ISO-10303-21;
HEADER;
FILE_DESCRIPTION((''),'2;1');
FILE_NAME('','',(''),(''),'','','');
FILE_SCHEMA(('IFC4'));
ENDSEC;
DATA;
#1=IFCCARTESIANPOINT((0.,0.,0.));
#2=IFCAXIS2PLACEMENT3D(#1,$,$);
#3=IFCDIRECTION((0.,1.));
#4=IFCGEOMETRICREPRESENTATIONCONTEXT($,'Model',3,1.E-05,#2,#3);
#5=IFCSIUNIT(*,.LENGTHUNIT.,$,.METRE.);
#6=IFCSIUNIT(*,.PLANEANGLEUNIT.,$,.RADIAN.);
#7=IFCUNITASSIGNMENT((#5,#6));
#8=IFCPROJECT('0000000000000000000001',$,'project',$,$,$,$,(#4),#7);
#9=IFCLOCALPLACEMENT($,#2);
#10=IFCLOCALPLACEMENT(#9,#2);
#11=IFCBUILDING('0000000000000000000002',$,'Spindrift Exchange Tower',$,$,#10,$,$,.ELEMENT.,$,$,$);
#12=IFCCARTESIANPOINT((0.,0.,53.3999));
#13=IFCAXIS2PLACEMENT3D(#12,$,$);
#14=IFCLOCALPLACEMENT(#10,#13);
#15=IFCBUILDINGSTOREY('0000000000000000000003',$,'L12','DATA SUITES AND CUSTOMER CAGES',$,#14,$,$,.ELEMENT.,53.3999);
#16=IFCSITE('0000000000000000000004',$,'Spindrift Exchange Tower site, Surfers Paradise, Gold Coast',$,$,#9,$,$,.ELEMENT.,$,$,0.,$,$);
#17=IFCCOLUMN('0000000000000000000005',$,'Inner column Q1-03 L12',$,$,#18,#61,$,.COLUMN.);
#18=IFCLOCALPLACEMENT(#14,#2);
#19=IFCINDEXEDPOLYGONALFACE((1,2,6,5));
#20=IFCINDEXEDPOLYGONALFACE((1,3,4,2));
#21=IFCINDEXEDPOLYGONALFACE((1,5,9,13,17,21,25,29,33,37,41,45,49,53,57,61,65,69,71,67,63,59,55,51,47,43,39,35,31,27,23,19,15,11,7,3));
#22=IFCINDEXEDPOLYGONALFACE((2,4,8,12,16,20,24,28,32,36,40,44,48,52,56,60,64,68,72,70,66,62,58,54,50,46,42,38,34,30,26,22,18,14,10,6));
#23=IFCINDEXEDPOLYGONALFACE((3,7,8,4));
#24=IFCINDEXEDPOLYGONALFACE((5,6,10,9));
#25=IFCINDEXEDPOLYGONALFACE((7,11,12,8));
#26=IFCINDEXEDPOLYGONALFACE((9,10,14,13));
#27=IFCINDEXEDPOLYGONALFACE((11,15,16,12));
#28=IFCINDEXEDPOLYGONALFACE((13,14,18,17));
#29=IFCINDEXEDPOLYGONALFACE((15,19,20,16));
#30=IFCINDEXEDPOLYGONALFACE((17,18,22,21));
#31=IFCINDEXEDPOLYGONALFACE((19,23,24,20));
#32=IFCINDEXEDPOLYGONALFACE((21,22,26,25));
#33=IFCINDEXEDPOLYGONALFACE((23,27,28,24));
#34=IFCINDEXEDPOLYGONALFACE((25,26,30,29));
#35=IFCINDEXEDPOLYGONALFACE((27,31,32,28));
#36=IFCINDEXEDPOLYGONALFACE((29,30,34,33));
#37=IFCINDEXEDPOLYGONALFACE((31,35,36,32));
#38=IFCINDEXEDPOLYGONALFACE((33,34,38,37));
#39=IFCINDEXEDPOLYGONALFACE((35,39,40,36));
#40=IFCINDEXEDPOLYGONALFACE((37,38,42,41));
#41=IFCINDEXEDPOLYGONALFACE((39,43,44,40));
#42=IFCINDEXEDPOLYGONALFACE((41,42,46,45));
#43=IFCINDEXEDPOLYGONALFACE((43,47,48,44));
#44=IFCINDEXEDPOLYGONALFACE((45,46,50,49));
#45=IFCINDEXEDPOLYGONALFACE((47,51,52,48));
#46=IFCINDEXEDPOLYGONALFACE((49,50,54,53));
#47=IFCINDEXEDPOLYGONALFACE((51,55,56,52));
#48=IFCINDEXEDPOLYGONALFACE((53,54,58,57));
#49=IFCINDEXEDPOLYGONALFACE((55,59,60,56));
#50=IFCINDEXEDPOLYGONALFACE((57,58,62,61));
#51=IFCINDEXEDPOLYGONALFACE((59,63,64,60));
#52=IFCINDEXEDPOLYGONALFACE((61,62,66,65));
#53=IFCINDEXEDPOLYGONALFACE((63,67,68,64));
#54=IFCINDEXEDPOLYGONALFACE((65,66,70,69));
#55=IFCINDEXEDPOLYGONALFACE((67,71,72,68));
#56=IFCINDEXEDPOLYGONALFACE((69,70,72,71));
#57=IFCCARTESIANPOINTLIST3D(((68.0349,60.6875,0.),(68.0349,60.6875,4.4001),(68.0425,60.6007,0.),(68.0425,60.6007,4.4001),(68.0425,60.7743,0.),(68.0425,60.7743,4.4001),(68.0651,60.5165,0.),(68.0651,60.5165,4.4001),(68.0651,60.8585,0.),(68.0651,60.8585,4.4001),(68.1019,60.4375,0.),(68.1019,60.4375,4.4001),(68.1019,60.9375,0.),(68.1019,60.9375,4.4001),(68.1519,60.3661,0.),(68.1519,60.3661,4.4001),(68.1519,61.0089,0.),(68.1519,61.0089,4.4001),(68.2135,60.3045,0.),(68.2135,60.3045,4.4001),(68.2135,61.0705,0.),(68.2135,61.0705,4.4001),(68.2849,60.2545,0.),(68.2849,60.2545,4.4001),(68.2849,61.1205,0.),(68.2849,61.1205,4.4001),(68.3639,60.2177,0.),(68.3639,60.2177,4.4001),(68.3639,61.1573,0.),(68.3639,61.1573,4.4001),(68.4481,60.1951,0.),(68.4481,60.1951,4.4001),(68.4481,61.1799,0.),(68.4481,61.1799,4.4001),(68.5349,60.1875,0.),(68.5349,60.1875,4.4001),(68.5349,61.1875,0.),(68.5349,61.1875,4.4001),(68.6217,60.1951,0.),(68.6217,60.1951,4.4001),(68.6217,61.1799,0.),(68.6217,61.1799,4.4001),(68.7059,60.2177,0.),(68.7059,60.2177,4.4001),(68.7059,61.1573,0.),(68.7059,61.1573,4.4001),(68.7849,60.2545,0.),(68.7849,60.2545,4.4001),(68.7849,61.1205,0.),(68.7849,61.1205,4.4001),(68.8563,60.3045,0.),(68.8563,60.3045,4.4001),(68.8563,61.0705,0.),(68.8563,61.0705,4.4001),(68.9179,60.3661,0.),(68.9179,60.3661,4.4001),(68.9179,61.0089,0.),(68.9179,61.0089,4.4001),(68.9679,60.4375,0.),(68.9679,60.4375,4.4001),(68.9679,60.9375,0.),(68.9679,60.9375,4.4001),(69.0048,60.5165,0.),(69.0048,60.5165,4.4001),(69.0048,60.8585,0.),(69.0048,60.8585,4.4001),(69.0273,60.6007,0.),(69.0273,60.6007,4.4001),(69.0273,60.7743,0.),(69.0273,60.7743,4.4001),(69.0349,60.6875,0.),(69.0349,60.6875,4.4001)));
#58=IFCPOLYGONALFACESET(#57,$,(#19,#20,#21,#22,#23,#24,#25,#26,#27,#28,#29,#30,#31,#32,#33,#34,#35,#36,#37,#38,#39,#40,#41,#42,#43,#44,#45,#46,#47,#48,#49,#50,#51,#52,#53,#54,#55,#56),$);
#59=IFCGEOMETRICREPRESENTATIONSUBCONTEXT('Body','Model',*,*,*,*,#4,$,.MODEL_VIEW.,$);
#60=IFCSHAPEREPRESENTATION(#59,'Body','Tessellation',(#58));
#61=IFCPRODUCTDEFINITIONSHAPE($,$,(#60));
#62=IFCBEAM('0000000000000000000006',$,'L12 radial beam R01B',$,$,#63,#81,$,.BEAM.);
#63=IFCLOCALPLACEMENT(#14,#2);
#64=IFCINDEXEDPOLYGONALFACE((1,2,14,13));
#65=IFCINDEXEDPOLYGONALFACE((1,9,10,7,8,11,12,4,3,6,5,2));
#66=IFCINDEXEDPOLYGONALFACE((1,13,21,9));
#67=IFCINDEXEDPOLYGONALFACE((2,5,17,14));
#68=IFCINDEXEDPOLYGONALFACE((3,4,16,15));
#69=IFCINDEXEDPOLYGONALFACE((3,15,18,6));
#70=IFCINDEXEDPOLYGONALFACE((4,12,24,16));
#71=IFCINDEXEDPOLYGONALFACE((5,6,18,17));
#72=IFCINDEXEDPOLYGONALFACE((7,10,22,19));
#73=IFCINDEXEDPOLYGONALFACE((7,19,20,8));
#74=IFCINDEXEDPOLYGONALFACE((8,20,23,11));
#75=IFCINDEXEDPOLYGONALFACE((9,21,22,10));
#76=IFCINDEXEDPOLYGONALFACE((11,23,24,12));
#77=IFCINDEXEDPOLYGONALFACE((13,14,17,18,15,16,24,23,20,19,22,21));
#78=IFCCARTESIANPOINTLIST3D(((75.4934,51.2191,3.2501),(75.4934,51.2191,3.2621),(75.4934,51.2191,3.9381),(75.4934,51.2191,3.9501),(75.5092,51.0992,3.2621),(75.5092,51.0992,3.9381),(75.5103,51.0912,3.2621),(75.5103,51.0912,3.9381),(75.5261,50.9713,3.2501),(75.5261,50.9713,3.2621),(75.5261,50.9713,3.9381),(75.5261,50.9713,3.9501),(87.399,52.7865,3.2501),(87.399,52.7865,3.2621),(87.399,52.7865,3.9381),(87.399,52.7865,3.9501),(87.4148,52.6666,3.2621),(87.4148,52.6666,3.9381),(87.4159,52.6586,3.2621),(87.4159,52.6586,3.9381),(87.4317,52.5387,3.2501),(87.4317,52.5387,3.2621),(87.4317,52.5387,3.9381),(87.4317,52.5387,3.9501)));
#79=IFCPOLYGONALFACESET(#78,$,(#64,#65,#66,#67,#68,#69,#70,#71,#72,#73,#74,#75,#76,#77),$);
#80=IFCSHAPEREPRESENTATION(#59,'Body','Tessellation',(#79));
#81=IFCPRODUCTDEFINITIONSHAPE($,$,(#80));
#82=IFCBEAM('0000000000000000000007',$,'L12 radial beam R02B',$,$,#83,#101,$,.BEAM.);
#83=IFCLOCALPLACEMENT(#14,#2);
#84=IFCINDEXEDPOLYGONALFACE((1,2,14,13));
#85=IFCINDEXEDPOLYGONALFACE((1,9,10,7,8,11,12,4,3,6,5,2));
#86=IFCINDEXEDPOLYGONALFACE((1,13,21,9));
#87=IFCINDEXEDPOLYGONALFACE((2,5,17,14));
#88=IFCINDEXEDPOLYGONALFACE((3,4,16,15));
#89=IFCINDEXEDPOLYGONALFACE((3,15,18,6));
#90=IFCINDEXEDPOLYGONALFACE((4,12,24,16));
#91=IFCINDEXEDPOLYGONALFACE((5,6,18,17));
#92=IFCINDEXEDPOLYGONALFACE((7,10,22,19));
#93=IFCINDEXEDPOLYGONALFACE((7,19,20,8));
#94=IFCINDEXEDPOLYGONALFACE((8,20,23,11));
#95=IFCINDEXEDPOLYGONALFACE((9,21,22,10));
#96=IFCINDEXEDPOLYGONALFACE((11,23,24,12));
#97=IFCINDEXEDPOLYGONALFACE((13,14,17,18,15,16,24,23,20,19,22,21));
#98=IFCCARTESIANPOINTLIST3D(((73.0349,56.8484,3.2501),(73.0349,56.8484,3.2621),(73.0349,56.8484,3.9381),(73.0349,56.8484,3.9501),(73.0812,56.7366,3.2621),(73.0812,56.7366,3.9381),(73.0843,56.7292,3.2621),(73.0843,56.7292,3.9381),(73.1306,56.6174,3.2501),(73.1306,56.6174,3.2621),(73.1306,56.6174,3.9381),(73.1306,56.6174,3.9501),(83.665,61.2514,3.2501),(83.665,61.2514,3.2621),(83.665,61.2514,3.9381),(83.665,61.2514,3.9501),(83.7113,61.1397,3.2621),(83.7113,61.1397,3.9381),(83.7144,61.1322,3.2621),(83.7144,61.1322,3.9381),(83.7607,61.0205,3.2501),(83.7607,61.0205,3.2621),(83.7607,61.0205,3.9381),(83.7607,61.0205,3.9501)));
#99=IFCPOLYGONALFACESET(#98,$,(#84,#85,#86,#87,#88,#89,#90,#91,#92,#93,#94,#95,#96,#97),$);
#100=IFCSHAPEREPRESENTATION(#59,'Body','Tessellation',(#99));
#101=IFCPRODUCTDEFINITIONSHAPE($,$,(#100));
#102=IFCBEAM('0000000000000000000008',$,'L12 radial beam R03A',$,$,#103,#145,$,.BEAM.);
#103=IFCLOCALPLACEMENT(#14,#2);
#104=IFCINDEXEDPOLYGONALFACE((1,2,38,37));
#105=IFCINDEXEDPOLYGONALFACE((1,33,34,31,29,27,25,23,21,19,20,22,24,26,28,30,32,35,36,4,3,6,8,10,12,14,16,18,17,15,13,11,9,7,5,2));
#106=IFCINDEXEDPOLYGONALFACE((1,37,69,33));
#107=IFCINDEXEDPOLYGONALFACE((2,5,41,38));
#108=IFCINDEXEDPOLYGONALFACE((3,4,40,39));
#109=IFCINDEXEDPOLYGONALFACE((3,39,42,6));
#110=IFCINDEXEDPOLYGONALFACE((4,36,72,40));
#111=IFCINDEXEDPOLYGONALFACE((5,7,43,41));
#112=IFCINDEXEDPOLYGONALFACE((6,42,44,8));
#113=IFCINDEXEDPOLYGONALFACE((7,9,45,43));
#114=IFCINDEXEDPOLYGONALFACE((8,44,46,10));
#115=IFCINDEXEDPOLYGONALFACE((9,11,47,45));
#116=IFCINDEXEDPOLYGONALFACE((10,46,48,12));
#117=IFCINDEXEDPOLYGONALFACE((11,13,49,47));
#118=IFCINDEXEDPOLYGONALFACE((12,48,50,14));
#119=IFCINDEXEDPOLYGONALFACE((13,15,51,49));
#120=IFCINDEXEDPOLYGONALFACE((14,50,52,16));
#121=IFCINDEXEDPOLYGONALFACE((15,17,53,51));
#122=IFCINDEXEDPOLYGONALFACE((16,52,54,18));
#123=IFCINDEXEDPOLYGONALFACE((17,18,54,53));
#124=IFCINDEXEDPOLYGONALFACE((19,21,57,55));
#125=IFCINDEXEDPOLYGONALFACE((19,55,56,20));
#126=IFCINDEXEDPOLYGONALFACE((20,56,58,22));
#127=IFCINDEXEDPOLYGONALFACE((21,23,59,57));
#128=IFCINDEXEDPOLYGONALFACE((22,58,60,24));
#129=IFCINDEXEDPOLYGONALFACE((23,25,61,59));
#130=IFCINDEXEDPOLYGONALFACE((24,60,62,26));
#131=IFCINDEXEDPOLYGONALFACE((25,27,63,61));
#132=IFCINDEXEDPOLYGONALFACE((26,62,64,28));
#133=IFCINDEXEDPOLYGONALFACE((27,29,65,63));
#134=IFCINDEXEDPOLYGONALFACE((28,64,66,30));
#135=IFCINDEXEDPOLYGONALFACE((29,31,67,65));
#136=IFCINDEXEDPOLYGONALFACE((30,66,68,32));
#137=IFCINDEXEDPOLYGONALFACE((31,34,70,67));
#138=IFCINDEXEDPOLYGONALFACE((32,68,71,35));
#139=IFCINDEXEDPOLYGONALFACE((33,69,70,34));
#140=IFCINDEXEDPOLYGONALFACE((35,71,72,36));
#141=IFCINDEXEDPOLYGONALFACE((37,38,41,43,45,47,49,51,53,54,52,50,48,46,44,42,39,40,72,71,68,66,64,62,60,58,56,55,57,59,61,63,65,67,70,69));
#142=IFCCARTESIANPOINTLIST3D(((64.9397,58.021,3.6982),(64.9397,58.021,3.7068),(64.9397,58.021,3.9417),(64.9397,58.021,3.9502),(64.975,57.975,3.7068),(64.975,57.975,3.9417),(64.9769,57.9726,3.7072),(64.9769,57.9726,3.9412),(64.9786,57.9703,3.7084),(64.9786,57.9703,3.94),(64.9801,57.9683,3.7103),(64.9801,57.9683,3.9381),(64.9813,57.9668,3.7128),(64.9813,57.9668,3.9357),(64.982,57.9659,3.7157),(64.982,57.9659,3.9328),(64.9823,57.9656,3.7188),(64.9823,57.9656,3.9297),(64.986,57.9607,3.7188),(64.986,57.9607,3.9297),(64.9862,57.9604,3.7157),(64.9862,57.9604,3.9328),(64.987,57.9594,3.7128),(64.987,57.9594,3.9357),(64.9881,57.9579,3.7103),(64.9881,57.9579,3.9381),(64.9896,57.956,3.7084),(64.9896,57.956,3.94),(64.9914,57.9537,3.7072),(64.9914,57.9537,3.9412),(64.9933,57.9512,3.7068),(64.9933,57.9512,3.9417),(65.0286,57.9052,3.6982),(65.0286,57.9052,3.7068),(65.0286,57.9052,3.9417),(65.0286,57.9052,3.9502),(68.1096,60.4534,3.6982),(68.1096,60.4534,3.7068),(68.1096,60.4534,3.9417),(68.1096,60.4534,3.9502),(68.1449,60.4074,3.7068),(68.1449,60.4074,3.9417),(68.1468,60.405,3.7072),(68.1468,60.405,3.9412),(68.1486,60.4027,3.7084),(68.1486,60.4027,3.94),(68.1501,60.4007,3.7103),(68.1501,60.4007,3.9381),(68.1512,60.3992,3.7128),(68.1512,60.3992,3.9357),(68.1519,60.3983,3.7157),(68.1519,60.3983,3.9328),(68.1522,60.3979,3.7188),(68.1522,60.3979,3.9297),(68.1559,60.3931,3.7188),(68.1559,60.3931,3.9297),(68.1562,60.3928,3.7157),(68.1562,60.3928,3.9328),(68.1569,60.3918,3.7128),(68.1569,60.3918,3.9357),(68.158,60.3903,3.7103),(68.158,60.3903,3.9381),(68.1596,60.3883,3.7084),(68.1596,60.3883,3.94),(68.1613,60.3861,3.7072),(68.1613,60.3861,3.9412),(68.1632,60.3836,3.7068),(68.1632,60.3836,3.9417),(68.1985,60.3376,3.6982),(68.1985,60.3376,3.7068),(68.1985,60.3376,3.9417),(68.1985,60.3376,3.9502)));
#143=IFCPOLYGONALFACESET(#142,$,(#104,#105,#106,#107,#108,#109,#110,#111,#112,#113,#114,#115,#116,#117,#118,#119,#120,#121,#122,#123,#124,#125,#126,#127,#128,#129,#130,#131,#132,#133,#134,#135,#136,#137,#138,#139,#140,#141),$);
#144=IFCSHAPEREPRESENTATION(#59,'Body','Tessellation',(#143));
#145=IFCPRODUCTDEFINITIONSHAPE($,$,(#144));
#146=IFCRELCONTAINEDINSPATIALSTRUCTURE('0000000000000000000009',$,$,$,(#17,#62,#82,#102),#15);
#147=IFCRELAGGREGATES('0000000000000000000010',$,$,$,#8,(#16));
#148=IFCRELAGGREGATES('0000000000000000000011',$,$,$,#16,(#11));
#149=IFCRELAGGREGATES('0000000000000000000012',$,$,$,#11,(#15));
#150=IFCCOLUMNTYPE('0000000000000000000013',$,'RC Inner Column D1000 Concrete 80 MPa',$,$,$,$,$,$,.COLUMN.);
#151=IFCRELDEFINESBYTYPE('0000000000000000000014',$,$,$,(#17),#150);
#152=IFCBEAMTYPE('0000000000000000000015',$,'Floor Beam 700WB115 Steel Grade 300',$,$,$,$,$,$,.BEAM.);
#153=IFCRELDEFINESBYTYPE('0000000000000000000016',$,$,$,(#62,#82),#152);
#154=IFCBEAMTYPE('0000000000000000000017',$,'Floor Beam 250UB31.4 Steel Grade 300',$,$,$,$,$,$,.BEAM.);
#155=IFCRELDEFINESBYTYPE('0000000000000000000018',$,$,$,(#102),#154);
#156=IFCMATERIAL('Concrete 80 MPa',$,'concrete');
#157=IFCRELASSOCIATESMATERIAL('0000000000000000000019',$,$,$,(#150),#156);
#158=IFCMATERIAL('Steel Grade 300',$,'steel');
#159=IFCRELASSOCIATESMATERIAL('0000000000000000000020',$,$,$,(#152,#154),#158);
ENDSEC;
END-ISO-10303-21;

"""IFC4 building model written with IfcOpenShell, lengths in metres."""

from ifc_helpers import new_model, si_unit, direction, frame, origin, origin_2d, place, context, subcontext, project, spatial, circle, i_section, extrude, source, transform, mapped, material, material_profile, profile_set, type_object, element, save


model = new_model("IFC4")

# Units and contexts
model_context = context("Model", 3, precision=1e-05, world=origin(), true_north=direction((0.0, 1.0)))
body_context = subcontext(model_context, "Body", "Model", "MODEL_VIEW")
ifc_project = project(units=[si_unit("LENGTHUNIT", "METRE"), si_unit("PLANEANGLEUNIT", "RADIAN")], contexts=[model_context])

# Site, building, storey
site_placement = place(None, origin())
site = spatial("IfcSite", under=ifc_project, at=site_placement, Name="Spindrift Exchange Tower site, Surfers Paradise, Gold Coast", CompositionType="ELEMENT", RefElevation=0.0)
building_placement = place(site_placement, origin())
building = spatial("IfcBuilding", under=site, at=building_placement, Name="Spindrift Exchange Tower", CompositionType="ELEMENT")
storey_placement = place(building_placement, frame((0.0, 0.0, 53.3999)))
storey = spatial("IfcBuildingStorey", under=building, at=storey_placement, Name="L12", Description="DATA SUITES AND CUSTOMER CAGES", CompositionType="ELEMENT", Elevation=53.3999)

# Column
ifc_material_1 = material(Name="Concrete 80 MPa", Category="concrete")
ifc_material_profile_1 = material_profile(ifc_material_1, circle(Radius=0.5, at=origin_2d()), Name="RC D1000")
ifc_profile_set_1 = profile_set([ifc_material_profile_1], Name="Concrete 80 MPa")
column_type_1 = type_object("IfcColumnType", Name="RC Inner Column D1000 Concrete 80 MPa", PredefinedType="COLUMN", material=ifc_profile_set_1)
shared_shape_1 = source(origin(), body_context, "Body", "SweptSolid", [
    extrude(circle(Radius=0.5, at=origin_2d()), origin(), (0.0, 0.0, 1.0), 4.4001),
])
for number, where, z_axis, x_axis, name in (
    (1, (68.5349, 60.6875, 0.0), (0.0, 0.0, 1.0), (1.0, 0.0, 0.0), "Inner column Q1-03 L12"),
):
    element("IfcColumn", number, at=place(storey_placement, frame(where, z_axis=z_axis, x_axis=x_axis)), inside=storey, type_object=column_type_1, Name=name, PredefinedType="COLUMN", context=body_context, shape_type="MappedRepresentation", body=[
        mapped(shared_shape_1, transform((0.0, 0.0, 0.0), scale=1.0)),
    ])

# Beams
ifc_material_2 = material(Name="Steel Grade 300", Category="steel")
ifc_material_profile_2 = material_profile(ifc_material_2, i_section(OverallWidth=0.25, OverallDepth=0.7, WebThickness=0.0081, FlangeThickness=0.012, at=origin_2d()), Name="700WB115")
ifc_profile_set_2 = profile_set([ifc_material_profile_2], Name="Steel Grade 300")
beam_type_1 = type_object("IfcBeamType", Name="Floor Beam 700WB115 Steel Grade 300", PredefinedType="BEAM", material=ifc_profile_set_2)
shared_shape_2 = source(origin(), body_context, "Body", "SweptSolid", [
    extrude(i_section(OverallWidth=0.25, OverallDepth=0.7, WebThickness=0.0081, FlangeThickness=0.012, at=origin_2d()), origin(), (0.0, 0.0, 1.0), 12.0083),
])
beam_1_placement = place(storey_placement, frame((75.5098, 51.0952, 3.6001), z_axis=(0.991445, 0.130526, 0.0), x_axis=(-0.130526, 0.991445, 0.0)))
element("IfcBeam", 2, at=beam_1_placement, inside=storey, type_object=beam_type_1, Name="L12 radial beam R01B", PredefinedType="BEAM", context=body_context, shape_type="MappedRepresentation", body=[
    mapped(shared_shape_2, transform((0.0, 0.0, 0.0), scale=1.0)),
])
shared_shape_3 = source(origin(), body_context, "Body", "SweptSolid", [
    extrude(i_section(OverallWidth=0.25, OverallDepth=0.7, WebThickness=0.0081, FlangeThickness=0.012, at=origin_2d()), origin(), (0.0, 0.0, 1.0), 11.5059),
])
beam_2_placement = place(storey_placement, frame((73.0828, 56.7329, 3.6001), z_axis=(0.923882, 0.382678, 0.0), x_axis=(-0.382678, 0.923882, 0.0)))
element("IfcBeam", 3, at=beam_2_placement, inside=storey, type_object=beam_type_1, Name="L12 radial beam R02B", PredefinedType="BEAM", context=body_context, shape_type="MappedRepresentation", body=[
    mapped(shared_shape_3, transform((0.0, 0.0, 0.0), scale=1.0)),
])
ifc_material_profile_3 = material_profile(ifc_material_2, i_section(OverallWidth=0.146, OverallDepth=0.252, WebThickness=0.0061, FlangeThickness=0.0085, FilletRadius=0.012, at=origin_2d()), Name="250UB31.4")
ifc_profile_set_3 = profile_set([ifc_material_profile_3], Name="Steel Grade 300")
beam_type_2 = type_object("IfcBeamType", Name="Floor Beam 250UB31.4 Steel Grade 300", PredefinedType="BEAM", material=ifc_profile_set_3)
shared_shape_4 = source(origin(), body_context, "Body", "SweptSolid", [
    extrude(i_section(OverallWidth=0.146, OverallDepth=0.252, WebThickness=0.0061, FlangeThickness=0.0085, FilletRadius=0.012, at=origin_2d()), origin(), (0.0, 0.0, 1.0), 3.9956),
])
beam_3_placement = place(storey_placement, frame((64.9841, 57.9631, 3.8242), z_axis=(0.793353, 0.608762, 0.0), x_axis=(-0.608762, 0.793353, 0.0)))
element("IfcBeam", 4, at=beam_3_placement, inside=storey, type_object=beam_type_2, Name="L12 radial beam R03A", PredefinedType="BEAM", context=body_context, shape_type="MappedRepresentation", body=[
    mapped(shared_shape_4, transform((0.0, 0.0, 0.0), scale=1.0)),
])

save(model, "model.ifc")
